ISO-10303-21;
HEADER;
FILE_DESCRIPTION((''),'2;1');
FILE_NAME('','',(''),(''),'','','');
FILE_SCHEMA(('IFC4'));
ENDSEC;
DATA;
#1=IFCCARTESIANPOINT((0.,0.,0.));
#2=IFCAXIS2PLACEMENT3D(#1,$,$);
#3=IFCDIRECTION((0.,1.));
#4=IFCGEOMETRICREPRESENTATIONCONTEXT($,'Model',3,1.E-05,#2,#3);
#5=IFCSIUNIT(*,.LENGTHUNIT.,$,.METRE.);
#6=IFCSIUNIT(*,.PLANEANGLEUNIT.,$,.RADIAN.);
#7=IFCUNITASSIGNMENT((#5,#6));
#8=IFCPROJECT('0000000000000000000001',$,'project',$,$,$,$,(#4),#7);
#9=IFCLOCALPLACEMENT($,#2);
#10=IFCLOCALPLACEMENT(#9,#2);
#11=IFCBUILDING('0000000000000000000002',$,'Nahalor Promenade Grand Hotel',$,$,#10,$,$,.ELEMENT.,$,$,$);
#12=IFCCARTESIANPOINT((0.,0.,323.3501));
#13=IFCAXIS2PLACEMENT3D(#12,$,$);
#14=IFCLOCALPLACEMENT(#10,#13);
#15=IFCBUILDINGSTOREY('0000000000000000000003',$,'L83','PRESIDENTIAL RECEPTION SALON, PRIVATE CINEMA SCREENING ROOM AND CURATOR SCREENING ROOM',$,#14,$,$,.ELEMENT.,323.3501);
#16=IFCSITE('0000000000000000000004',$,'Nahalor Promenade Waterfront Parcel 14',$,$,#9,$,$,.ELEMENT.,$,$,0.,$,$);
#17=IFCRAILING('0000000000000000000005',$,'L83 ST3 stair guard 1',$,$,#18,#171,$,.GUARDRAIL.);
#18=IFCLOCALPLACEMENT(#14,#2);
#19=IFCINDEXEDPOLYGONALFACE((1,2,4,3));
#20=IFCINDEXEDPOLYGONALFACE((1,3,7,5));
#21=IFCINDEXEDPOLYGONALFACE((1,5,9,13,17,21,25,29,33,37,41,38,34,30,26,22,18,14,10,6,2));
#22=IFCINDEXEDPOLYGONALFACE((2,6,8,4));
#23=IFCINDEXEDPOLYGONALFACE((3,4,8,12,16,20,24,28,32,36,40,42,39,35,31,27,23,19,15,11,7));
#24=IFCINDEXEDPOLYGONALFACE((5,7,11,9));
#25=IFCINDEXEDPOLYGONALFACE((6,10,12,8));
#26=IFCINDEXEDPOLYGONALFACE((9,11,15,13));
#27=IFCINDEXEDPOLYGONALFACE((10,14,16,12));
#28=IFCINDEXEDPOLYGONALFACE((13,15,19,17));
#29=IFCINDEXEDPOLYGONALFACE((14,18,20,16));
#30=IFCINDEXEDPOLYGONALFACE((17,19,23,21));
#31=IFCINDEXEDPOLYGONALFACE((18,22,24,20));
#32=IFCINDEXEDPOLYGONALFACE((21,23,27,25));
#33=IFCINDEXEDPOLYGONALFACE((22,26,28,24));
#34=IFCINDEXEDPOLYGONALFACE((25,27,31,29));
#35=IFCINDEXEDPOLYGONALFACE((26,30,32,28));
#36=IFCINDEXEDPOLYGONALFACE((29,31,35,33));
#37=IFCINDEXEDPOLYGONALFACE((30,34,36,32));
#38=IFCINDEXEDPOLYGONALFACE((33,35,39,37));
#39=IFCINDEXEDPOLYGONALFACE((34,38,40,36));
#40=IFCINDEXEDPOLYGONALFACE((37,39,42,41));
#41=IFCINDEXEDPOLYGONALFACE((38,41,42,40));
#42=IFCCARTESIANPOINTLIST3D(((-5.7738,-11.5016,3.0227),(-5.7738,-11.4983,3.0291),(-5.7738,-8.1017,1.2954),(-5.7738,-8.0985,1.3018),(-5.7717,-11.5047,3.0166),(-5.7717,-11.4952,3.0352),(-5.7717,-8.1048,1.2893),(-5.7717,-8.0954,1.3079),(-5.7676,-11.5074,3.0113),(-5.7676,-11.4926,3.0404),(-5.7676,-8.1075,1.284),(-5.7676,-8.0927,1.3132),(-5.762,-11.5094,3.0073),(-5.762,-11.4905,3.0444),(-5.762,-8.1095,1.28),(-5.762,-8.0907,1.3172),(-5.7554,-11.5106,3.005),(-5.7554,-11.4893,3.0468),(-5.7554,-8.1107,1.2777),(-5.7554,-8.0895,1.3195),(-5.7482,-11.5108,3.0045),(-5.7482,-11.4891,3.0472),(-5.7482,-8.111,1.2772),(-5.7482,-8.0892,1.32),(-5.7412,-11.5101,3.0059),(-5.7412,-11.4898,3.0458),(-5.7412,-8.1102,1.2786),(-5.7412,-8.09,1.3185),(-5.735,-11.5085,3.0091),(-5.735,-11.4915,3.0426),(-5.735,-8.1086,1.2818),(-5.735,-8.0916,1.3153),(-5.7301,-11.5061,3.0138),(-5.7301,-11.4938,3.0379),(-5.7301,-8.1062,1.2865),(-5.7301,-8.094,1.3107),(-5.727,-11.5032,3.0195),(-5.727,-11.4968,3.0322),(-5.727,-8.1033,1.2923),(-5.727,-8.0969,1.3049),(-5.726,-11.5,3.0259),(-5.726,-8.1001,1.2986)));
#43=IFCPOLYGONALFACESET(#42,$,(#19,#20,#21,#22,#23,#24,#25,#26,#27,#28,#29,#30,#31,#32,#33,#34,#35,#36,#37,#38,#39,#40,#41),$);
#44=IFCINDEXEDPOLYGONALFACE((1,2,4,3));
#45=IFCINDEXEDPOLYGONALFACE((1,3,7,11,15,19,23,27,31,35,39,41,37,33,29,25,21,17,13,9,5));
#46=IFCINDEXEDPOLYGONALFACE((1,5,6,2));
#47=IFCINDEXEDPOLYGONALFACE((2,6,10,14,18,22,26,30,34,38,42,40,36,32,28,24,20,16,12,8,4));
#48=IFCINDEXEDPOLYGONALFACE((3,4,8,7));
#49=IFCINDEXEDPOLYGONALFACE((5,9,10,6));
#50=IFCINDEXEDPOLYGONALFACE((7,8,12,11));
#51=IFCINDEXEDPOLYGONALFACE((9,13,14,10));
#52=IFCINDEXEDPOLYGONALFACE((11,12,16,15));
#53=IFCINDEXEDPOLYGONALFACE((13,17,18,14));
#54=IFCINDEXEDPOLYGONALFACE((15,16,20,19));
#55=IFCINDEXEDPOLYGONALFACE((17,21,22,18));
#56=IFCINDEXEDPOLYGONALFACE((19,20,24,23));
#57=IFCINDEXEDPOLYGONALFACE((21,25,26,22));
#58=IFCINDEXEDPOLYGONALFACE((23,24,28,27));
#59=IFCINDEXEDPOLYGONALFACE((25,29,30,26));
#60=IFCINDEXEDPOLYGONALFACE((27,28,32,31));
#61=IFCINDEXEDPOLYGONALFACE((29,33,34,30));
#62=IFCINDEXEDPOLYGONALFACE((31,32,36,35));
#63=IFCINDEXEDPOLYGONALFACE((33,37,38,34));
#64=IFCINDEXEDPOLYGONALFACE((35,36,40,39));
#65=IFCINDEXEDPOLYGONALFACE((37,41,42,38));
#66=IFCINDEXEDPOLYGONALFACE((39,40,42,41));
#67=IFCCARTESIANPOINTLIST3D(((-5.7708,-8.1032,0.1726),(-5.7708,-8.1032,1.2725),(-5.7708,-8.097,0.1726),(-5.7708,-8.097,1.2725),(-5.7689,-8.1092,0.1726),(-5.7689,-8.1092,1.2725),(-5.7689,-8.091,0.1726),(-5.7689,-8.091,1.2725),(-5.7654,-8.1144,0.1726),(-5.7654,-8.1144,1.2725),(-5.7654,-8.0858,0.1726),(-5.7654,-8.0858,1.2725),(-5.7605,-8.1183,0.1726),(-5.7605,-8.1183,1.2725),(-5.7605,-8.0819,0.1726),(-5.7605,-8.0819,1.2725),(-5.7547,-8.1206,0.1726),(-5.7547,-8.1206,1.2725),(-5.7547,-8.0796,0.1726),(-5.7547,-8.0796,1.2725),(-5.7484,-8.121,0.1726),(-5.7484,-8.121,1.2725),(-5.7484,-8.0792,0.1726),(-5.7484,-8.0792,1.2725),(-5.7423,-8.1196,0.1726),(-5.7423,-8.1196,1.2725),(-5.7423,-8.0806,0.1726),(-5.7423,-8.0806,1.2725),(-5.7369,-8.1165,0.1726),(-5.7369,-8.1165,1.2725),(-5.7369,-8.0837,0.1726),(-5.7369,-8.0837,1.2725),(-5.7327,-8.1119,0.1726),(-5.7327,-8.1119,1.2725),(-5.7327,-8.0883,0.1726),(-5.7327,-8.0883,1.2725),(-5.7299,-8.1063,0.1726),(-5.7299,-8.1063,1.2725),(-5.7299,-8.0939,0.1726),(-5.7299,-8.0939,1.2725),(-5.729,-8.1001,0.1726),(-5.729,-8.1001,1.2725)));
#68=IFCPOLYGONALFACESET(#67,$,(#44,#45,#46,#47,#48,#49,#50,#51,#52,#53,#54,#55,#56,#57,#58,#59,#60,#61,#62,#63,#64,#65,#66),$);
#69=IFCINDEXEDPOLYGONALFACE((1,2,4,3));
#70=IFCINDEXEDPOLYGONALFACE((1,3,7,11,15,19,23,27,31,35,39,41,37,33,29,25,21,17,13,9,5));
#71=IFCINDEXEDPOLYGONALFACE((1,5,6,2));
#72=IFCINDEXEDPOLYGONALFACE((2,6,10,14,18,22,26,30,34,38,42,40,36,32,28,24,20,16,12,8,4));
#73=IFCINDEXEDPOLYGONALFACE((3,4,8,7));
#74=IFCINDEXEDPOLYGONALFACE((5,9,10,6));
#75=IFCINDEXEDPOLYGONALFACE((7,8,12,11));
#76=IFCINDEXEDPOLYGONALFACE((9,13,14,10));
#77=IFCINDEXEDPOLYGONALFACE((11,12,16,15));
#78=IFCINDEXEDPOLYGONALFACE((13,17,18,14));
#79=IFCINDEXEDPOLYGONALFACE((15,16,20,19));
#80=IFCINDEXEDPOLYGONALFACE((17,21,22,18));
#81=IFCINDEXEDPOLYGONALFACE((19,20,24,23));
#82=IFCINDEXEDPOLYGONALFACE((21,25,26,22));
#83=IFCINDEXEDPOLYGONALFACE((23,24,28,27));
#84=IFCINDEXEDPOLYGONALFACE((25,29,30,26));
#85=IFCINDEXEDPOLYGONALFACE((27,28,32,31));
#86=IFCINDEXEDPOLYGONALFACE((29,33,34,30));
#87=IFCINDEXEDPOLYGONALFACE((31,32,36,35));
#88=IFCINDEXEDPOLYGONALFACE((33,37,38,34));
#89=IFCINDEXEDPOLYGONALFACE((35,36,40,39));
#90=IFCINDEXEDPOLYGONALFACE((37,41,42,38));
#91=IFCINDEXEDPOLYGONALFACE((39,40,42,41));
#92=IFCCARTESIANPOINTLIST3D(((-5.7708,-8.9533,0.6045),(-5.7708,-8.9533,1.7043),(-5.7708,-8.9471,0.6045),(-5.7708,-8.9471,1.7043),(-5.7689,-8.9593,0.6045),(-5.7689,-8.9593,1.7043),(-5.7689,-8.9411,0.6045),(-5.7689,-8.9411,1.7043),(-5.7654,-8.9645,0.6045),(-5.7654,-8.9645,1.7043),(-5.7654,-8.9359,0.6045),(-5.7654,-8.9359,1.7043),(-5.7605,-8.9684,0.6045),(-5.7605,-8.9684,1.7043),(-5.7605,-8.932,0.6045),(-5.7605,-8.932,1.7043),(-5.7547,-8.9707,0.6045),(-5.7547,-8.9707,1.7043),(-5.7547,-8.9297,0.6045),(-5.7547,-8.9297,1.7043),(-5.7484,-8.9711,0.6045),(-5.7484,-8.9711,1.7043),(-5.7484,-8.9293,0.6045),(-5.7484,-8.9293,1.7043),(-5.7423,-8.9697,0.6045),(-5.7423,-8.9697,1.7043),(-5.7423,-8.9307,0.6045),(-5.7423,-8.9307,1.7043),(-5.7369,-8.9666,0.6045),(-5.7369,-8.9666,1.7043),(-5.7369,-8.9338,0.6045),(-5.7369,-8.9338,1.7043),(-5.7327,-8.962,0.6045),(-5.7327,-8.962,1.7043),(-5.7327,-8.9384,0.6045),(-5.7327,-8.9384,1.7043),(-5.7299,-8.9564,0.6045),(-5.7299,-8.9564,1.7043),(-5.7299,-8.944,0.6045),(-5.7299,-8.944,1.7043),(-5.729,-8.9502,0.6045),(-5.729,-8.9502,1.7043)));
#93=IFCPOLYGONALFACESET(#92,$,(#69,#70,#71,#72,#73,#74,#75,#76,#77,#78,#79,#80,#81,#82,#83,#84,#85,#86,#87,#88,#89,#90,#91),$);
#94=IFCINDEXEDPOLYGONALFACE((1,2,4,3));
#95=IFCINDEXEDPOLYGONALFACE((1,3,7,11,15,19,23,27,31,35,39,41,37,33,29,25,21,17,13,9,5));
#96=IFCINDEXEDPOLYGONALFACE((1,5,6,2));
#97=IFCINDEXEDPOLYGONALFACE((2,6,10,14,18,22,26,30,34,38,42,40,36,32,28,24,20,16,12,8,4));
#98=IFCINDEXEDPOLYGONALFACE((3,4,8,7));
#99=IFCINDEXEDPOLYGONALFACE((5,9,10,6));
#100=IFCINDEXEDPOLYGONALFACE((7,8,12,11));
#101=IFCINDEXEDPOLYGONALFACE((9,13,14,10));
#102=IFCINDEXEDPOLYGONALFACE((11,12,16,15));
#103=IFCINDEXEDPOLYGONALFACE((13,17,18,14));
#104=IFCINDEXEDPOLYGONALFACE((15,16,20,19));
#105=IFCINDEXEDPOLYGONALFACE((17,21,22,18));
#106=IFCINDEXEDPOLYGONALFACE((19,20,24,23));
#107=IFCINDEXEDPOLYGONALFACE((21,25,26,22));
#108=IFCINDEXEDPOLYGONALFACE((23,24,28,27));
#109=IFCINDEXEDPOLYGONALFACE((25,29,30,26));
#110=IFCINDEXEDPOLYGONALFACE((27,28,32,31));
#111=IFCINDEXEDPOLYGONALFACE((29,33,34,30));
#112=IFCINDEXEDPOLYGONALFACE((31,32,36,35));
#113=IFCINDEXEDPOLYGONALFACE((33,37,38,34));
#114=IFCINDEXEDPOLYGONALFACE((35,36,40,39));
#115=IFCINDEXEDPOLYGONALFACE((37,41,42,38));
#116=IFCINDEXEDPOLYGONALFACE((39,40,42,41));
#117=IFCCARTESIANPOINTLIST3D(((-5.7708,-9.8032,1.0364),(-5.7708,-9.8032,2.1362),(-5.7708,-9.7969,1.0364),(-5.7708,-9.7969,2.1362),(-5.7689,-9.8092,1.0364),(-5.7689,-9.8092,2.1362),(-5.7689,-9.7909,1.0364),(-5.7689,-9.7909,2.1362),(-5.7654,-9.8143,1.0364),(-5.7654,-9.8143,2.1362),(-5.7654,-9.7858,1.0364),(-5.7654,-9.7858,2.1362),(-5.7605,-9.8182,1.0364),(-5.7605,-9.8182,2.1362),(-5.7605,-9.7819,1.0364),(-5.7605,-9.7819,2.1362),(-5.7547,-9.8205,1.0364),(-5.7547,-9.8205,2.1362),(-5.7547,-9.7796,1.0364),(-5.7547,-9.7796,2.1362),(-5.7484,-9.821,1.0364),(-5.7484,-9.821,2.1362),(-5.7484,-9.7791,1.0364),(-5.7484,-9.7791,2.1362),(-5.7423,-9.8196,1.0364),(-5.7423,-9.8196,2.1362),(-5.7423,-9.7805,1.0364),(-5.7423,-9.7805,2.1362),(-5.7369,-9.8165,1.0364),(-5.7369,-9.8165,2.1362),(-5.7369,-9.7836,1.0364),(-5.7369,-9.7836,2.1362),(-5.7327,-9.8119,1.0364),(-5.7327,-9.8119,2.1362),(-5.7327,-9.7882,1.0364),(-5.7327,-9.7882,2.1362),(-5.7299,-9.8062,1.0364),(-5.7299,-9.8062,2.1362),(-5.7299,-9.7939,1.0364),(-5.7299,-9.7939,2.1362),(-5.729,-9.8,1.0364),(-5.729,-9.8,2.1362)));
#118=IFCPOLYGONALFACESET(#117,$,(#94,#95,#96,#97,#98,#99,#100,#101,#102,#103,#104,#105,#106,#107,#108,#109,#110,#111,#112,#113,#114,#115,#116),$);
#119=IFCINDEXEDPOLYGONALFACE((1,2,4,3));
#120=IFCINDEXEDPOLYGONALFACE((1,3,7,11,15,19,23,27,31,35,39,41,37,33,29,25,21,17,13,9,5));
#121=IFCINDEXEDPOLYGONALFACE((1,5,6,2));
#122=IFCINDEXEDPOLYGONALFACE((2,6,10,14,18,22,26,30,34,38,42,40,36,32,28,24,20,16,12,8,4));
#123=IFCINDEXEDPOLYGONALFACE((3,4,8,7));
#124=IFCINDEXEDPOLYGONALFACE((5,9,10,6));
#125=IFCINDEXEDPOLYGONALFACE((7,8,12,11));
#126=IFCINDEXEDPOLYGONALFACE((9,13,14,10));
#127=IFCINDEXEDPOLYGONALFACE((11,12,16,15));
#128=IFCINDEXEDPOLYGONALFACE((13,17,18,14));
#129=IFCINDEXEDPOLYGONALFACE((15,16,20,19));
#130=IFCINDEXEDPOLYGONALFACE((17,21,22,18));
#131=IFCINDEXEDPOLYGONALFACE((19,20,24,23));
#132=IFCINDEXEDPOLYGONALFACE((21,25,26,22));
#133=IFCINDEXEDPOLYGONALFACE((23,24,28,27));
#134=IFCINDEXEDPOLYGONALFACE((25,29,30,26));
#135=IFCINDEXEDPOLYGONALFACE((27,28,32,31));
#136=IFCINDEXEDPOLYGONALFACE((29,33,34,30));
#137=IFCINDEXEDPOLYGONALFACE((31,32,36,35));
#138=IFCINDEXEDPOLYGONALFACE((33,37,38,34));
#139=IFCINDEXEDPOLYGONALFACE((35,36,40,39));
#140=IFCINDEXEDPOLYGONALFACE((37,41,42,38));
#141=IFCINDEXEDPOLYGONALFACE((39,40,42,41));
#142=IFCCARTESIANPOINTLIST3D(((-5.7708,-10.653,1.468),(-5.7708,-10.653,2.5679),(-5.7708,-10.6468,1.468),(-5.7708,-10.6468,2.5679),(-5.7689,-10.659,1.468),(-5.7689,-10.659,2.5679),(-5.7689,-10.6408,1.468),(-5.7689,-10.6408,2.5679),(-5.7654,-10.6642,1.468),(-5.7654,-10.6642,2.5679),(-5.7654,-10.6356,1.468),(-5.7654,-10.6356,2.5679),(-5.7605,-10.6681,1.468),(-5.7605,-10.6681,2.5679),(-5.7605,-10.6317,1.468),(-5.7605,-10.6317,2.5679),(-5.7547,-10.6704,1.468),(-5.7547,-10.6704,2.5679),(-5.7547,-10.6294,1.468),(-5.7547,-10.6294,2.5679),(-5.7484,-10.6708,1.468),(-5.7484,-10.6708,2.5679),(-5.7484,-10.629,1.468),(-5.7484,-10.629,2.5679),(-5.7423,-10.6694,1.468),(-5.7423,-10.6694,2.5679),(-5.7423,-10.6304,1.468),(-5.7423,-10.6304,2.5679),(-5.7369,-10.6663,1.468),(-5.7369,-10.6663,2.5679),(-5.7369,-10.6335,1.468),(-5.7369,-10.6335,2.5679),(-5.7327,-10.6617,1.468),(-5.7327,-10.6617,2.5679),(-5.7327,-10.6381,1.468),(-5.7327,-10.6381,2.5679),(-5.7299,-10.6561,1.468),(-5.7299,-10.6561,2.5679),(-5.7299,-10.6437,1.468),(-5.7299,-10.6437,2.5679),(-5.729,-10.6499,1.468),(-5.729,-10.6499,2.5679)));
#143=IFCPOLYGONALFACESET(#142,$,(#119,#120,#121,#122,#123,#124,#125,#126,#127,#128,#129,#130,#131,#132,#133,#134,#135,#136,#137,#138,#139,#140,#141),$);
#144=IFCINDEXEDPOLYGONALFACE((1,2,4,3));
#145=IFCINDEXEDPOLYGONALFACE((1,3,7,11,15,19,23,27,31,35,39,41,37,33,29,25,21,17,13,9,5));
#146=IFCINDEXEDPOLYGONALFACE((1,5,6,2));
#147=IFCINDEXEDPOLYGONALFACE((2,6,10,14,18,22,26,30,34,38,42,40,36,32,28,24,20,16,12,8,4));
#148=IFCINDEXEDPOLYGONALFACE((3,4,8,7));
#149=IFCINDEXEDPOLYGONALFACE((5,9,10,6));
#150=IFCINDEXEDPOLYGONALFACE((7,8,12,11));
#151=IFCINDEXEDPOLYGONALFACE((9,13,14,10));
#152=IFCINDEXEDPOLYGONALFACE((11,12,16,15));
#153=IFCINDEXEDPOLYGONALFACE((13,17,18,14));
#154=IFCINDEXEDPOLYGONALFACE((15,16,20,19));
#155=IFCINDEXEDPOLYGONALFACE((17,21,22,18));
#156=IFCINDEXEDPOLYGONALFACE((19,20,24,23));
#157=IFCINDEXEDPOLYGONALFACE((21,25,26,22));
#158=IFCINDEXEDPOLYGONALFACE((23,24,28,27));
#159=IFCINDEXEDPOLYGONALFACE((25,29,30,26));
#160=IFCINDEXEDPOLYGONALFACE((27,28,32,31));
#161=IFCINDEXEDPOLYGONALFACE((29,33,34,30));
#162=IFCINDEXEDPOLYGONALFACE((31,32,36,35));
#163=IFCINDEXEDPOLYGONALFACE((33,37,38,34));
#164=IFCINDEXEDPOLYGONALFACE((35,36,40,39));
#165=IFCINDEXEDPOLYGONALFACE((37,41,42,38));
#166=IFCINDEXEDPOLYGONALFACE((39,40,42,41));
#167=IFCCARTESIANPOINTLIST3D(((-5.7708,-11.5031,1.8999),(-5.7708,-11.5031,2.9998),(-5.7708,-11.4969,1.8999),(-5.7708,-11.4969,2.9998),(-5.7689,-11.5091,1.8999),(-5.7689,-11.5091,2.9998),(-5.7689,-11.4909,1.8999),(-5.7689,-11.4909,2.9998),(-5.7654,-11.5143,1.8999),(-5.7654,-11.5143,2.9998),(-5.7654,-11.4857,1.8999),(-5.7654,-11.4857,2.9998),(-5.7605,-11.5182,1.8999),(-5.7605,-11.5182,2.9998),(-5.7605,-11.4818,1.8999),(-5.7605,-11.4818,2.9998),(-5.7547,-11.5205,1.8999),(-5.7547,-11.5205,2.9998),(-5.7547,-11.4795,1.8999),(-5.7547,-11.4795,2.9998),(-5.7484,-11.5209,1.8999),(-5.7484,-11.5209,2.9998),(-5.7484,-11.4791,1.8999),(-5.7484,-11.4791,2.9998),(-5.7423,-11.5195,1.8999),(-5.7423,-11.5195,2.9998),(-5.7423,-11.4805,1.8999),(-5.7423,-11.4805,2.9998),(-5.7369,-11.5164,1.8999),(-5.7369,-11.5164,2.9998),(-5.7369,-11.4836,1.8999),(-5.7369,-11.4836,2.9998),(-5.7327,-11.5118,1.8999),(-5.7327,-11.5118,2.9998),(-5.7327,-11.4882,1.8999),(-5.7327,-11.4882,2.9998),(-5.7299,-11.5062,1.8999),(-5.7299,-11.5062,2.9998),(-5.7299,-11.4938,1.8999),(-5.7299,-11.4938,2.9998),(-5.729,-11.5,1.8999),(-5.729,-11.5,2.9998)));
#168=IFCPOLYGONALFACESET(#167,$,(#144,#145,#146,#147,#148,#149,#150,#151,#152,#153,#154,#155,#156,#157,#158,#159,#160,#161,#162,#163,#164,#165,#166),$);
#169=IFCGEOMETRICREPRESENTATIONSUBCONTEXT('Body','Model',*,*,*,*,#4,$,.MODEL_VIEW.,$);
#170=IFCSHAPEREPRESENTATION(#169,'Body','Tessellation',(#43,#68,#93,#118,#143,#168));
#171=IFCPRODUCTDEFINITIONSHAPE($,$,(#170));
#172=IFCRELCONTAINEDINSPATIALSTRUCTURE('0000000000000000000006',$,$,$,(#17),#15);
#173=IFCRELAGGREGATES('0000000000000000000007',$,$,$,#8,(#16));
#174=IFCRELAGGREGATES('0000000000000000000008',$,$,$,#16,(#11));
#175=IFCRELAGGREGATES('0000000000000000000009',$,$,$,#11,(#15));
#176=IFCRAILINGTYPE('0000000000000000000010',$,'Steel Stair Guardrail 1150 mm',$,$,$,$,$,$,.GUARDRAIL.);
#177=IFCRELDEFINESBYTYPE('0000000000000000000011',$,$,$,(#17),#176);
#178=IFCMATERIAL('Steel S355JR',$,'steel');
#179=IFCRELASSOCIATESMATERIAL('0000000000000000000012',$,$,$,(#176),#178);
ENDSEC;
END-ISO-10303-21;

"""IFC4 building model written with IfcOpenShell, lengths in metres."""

from ifc_helpers import new_model, si_unit, direction, frame, origin, origin_2d, place, context, subcontext, project, spatial, circle, extrude, material, type_object, element, save


model = new_model("IFC4")

# Units and contexts
model_context = context("Model", 3, precision=1e-05, world=origin(), true_north=direction((0.0, 1.0)))
body_context = subcontext(model_context, "Body", "Model", "MODEL_VIEW")
ifc_project = project(units=[si_unit("LENGTHUNIT", "METRE"), si_unit("PLANEANGLEUNIT", "RADIAN")], contexts=[model_context])

# Site, building, storey
site_placement = place(None, origin())
site = spatial("IfcSite", under=ifc_project, at=site_placement, Name="Nahalor Promenade Waterfront Parcel 14", CompositionType="ELEMENT", RefElevation=0.0)
building_placement = place(site_placement, origin())
building = spatial("IfcBuilding", under=site, at=building_placement, Name="Nahalor Promenade Grand Hotel", CompositionType="ELEMENT")
storey_placement = place(building_placement, frame((0.0, 0.0, 323.3501)))
storey = spatial("IfcBuildingStorey", under=building, at=storey_placement, Name="L83", Description="PRESIDENTIAL RECEPTION SALON, PRIVATE CINEMA SCREENING ROOM AND CURATOR SCREENING ROOM", CompositionType="ELEMENT", Elevation=323.3501)

# Shared definitions
ifc_material_1 = material(Name="Steel S355JR", Category="steel")

# Railing
railing_type_1 = type_object("IfcRailingType", Name="Steel Stair Guardrail 1150 mm", PredefinedType="GUARDRAIL", material=ifc_material_1)
railing_1_placement = place(storey_placement, frame((-5.75, -8.1001, 0.1726)))
element("IfcRailing", 1, at=railing_1_placement, inside=storey, type_object=railing_type_1, Name="L83 ST3 stair guard 1", PredefinedType="GUARDRAIL", context=body_context, shape_type="SweptSolid", body=[
    extrude(circle(Radius=0.024, at=origin_2d()), frame((0.0, 0.0, 1.126), z_axis=(0.0, -0.891541, 0.452941), x_axis=(1.0, 0.0, 0.0)), (0.0, 0.0, 1.0), 3.8135),
    extrude(circle(Radius=0.021, at=origin_2d()), origin(), (0.0, 0.0, 1.0), 1.0999),
    extrude(circle(Radius=0.021, at=origin_2d()), frame((0.0, -0.8501, 0.4319)), (0.0, 0.0, 1.0), 1.0999),
    extrude(circle(Radius=0.021, at=origin_2d()), frame((0.0, -1.7, 0.8638)), (0.0, 0.0, 1.0), 1.0999),
    extrude(circle(Radius=0.021, at=origin_2d()), frame((0.0, -2.5498, 1.2954)), (0.0, 0.0, 1.0), 1.0999),
    extrude(circle(Radius=0.021, at=origin_2d()), frame((0.0, -3.3999, 1.7273)), (0.0, 0.0, 1.0), 1.0999),
])

save(model, "model.ifc")
